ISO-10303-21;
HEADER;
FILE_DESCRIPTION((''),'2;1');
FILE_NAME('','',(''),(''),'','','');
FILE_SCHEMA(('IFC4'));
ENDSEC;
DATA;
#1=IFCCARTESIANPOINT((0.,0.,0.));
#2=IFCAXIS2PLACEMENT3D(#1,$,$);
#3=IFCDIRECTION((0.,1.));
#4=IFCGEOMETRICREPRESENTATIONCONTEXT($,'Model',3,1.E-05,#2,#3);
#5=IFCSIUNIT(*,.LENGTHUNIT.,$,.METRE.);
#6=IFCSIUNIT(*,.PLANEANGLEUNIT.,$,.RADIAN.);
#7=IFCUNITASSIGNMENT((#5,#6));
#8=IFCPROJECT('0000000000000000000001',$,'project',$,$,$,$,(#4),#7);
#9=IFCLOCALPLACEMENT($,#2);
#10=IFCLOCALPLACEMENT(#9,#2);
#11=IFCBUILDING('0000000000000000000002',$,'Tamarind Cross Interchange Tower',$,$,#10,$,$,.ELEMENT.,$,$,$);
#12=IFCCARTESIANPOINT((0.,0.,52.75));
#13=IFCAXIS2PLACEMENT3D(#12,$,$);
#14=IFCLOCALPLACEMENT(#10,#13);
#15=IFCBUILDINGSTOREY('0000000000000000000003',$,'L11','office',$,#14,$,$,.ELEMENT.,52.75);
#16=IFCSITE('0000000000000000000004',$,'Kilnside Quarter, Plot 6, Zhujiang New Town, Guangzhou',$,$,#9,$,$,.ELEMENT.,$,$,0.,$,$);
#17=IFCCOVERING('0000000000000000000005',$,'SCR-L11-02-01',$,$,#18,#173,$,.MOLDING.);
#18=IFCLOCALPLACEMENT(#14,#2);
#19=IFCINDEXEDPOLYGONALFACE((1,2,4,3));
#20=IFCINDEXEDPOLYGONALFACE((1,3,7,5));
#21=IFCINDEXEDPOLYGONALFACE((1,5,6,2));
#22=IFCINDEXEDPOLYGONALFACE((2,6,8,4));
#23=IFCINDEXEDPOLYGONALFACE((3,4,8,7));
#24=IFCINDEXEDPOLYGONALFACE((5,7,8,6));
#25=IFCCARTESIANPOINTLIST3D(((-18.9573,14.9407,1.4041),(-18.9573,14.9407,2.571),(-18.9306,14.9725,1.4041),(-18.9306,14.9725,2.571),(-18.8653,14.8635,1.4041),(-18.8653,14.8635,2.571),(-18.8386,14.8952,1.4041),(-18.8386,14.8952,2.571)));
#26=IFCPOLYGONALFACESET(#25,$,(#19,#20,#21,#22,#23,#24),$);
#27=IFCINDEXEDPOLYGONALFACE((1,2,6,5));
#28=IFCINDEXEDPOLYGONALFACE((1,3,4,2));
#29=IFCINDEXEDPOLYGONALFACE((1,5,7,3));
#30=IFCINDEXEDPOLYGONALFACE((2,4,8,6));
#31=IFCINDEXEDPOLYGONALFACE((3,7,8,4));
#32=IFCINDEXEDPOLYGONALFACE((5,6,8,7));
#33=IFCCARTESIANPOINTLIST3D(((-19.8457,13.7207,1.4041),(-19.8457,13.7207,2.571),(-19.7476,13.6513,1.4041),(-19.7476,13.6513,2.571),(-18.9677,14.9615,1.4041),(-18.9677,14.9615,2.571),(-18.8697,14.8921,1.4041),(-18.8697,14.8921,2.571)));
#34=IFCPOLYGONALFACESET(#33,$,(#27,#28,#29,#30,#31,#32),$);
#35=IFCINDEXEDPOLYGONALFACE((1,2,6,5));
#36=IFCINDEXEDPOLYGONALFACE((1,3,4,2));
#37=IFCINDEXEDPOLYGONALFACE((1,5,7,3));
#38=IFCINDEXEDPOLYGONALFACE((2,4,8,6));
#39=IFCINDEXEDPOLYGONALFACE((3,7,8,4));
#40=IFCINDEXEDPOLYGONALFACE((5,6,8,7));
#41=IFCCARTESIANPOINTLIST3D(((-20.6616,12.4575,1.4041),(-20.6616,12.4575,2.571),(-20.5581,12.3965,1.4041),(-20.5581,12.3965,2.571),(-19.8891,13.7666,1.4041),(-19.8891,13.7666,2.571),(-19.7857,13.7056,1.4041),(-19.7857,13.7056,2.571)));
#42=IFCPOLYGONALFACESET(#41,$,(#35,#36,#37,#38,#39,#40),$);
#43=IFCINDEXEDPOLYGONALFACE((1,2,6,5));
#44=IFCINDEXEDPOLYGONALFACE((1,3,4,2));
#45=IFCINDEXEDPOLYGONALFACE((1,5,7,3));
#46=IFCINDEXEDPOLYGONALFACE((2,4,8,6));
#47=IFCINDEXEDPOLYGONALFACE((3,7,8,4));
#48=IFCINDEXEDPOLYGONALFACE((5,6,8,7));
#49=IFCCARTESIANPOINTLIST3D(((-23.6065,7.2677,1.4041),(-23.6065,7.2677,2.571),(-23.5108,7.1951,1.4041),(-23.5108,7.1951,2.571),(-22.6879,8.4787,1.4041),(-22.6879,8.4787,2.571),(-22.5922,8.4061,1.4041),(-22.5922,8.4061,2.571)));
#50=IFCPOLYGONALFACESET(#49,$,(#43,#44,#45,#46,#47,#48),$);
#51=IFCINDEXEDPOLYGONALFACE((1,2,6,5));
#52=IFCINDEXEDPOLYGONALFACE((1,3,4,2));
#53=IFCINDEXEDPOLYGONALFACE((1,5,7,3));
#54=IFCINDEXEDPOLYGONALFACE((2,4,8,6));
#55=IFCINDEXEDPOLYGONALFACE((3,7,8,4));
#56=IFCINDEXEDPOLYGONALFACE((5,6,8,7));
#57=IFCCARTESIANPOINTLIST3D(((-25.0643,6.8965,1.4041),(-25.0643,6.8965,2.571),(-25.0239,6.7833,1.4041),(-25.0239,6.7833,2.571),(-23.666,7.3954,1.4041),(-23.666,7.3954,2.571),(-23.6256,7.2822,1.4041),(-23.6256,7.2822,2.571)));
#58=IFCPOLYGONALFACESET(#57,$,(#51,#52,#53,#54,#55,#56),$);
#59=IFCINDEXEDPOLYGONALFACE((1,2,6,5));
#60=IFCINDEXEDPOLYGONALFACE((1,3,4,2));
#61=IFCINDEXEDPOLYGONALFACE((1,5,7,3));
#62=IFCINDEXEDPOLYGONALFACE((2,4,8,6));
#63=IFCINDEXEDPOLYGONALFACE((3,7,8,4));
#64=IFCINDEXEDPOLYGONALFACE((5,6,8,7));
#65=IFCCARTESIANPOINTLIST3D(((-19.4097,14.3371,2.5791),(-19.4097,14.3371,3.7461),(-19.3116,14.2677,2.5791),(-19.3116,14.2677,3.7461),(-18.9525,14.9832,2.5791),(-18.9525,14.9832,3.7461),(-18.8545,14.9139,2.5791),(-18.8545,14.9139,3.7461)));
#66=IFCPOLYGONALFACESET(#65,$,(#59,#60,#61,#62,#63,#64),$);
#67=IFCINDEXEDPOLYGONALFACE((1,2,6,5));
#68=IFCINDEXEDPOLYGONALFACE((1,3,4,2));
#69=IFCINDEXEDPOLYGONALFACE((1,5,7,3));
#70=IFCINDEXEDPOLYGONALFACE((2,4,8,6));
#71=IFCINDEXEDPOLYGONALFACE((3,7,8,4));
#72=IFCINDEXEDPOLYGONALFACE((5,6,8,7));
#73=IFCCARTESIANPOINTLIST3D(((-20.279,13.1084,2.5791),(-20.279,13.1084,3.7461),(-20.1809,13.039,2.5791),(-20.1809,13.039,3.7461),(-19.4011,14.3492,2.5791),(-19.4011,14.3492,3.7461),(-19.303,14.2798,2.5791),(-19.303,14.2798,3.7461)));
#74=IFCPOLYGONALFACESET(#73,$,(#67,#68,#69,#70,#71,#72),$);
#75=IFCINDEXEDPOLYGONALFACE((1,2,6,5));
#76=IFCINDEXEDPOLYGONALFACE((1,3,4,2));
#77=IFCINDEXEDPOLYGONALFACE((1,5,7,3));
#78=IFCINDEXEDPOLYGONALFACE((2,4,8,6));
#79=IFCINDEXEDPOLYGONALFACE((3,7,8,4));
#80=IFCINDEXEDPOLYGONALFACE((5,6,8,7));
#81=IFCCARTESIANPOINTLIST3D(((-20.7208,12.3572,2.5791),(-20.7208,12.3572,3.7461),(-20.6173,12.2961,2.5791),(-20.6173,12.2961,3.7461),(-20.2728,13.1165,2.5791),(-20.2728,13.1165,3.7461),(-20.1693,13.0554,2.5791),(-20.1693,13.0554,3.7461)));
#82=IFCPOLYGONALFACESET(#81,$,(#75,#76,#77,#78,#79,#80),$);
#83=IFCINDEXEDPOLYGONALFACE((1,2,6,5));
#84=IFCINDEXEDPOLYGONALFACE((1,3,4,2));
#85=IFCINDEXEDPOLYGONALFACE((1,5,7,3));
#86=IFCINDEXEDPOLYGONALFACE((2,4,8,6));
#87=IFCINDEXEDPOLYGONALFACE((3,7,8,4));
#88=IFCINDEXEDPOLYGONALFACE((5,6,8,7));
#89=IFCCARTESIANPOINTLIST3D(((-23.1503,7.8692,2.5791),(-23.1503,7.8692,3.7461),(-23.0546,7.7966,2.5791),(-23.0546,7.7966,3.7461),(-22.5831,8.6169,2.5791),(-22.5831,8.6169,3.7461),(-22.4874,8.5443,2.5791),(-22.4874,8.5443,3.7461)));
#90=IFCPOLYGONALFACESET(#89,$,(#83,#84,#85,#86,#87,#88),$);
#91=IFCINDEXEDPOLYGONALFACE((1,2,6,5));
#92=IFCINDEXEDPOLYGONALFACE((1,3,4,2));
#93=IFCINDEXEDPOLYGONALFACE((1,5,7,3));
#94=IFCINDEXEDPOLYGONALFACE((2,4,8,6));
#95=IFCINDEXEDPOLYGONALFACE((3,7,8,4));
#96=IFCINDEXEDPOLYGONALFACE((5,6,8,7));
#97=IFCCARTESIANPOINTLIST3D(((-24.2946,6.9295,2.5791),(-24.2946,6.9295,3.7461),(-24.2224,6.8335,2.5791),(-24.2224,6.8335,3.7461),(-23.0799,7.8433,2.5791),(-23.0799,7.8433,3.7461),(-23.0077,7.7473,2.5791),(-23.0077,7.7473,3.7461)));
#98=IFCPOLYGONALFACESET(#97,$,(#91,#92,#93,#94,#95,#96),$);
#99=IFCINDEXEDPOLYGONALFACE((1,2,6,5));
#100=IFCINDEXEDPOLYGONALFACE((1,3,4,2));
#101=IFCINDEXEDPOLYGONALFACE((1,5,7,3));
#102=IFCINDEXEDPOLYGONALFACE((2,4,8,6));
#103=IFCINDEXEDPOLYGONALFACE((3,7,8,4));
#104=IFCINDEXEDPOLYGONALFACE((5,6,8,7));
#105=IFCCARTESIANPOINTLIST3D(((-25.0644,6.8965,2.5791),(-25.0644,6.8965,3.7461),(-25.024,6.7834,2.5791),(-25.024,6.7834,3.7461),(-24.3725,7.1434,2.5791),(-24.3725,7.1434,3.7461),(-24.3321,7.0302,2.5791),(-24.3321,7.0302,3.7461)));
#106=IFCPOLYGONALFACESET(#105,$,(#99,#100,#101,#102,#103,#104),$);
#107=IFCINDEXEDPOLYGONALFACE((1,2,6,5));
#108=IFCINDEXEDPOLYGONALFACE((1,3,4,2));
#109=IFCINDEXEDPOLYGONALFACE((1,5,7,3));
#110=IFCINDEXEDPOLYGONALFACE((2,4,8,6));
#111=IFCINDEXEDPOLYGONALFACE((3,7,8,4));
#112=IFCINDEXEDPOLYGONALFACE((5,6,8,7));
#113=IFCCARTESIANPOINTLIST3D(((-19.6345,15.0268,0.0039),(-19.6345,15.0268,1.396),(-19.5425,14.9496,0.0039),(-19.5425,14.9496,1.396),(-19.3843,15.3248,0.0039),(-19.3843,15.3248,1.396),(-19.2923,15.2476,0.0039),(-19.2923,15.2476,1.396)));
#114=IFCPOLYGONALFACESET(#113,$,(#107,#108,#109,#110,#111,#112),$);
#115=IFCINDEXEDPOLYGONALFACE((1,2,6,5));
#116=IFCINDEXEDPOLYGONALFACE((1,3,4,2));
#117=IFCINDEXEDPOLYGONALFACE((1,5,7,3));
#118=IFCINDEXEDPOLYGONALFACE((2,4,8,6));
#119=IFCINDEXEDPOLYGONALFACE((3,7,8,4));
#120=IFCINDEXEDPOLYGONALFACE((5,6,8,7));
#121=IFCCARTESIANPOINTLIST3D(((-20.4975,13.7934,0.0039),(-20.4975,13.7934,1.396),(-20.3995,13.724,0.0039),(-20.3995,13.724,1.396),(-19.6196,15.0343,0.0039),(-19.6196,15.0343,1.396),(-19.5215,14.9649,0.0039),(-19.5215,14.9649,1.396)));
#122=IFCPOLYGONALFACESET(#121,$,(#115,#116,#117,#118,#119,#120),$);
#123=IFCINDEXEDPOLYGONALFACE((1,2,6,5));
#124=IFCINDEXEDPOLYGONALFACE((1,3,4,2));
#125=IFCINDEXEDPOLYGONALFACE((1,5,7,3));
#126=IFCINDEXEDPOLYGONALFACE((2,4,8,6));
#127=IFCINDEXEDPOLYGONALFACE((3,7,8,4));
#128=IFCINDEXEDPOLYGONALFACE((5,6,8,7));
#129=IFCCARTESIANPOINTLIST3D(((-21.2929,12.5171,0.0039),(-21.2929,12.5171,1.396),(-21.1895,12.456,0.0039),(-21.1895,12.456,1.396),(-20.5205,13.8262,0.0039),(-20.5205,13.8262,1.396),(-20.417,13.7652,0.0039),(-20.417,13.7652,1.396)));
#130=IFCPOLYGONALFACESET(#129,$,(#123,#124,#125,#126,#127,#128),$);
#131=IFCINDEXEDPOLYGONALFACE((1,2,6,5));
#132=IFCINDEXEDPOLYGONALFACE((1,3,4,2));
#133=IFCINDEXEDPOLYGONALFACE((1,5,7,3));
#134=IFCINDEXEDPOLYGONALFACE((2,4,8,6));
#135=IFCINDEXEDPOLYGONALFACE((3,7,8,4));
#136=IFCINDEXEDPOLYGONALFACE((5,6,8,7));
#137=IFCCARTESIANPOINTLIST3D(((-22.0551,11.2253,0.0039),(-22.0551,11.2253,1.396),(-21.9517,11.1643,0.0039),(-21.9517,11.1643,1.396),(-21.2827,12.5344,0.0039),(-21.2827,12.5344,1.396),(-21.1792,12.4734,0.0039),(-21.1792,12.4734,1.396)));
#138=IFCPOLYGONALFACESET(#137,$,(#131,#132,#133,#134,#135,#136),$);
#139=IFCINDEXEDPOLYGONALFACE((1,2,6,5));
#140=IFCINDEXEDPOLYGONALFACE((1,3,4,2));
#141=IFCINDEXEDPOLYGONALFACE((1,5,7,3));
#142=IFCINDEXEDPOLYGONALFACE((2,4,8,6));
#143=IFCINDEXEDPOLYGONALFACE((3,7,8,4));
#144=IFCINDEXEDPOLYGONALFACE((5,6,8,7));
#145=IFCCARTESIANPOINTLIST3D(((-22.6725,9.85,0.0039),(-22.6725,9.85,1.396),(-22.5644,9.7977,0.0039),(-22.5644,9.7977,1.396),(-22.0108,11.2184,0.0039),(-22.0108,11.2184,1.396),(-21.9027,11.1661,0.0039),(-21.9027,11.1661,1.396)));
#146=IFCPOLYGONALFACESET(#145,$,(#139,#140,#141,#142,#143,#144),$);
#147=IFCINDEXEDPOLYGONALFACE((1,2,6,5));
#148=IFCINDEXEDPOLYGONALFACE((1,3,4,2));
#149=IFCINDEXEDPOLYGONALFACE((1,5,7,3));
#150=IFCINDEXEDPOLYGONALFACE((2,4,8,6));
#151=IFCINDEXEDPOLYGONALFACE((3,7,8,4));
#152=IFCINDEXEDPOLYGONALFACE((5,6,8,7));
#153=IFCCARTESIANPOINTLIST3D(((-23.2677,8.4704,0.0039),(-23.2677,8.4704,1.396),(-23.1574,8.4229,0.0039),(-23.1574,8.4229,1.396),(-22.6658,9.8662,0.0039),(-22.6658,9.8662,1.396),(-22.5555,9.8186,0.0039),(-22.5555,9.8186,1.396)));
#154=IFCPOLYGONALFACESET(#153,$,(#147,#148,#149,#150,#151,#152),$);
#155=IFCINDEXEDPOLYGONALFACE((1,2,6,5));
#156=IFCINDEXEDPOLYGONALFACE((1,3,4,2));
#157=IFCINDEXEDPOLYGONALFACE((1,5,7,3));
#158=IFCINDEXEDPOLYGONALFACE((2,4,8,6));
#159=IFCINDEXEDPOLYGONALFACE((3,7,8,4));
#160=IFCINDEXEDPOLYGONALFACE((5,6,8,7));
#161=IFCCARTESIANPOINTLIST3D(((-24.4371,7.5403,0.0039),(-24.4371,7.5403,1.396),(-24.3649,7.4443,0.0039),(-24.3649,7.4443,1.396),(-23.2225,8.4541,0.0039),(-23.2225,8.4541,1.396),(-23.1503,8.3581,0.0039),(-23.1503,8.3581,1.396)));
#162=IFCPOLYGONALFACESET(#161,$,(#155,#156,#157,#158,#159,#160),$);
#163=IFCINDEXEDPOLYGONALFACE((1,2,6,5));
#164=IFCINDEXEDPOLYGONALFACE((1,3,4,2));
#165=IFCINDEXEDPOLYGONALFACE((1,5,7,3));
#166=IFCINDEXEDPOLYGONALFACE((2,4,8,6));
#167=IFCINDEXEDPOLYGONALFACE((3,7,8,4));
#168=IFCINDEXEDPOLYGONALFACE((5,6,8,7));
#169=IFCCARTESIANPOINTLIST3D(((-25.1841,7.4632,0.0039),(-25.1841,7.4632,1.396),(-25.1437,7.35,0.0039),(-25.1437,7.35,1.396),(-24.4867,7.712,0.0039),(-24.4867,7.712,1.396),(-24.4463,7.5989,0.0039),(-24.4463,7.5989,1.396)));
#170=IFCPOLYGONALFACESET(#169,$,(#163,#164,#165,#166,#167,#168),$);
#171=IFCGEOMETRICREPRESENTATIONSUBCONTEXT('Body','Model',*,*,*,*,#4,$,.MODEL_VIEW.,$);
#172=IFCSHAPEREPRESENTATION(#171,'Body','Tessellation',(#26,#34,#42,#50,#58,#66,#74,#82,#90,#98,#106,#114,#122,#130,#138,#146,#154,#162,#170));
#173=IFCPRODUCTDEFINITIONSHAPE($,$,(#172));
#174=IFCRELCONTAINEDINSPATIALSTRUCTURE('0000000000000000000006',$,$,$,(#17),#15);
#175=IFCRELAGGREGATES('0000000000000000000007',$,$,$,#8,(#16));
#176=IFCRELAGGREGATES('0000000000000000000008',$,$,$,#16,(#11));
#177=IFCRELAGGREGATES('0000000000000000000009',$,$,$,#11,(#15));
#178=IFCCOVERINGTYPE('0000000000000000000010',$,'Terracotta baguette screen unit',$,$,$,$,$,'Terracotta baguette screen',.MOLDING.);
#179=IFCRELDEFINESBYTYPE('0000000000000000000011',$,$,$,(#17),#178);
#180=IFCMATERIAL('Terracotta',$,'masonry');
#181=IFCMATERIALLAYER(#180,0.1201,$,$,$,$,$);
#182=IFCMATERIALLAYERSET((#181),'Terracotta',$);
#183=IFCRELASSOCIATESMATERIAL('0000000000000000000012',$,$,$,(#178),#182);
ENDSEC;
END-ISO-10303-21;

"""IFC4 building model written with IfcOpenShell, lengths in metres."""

from ifc_helpers import new_model, si_unit, direction, frame, origin, origin_2d, place, context, subcontext, project, spatial, rectangle, extrude, material, layer, layer_set, type_object, element, save


model = new_model("IFC4")

# Units and contexts
model_context = context("Model", 3, precision=1e-05, world=origin(), true_north=direction((0.0, 1.0)))
body_context = subcontext(model_context, "Body", "Model", "MODEL_VIEW")
ifc_project = project(units=[si_unit("LENGTHUNIT", "METRE"), si_unit("PLANEANGLEUNIT", "RADIAN")], contexts=[model_context])

# Site, building, storey
site_placement = place(None, origin())
site = spatial("IfcSite", under=ifc_project, at=site_placement, Name="Kilnside Quarter, Plot 6, Zhujiang New Town, Guangzhou", CompositionType="ELEMENT", RefElevation=0.0)
building_placement = place(site_placement, origin())
building = spatial("IfcBuilding", under=site, at=building_placement, Name="Tamarind Cross Interchange Tower", CompositionType="ELEMENT")
storey_placement = place(building_placement, frame((0.0, 0.0, 52.75)))
storey = spatial("IfcBuildingStorey", under=building, at=storey_placement, Name="L11", Description="office", CompositionType="ELEMENT", Elevation=52.75)

# Covering
ifc_material_1 = material(Name="Terracotta", Category="masonry")
ifc_layer_1 = layer(ifc_material_1, 0.1201)
ifc_layer_set_1 = layer_set([ifc_layer_1], Name="Terracotta")
covering_type = type_object("IfcCoveringType", Name="Terracotta baguette screen unit", ElementType="Terracotta baguette screen", PredefinedType="MOLDING", material=ifc_layer_set_1)
covering_1_placement = place(storey_placement, origin())
element("IfcCovering", 1, at=covering_1_placement, inside=storey, type_object=covering_type, Name="SCR-L11-02-01", PredefinedType="MOLDING", context=body_context, shape_type="SweptSolid", body=[
    extrude(rectangle(XDim=0.0415, YDim=0.1201, at=origin_2d()), frame((-18.8979, 14.918, 1.4041), z_axis=(0.0, 0.0, 1.0), x_axis=(-0.643009, -0.765858, 0.0)), (0.0, 0.0, 1.0), 1.167),
    extrude(rectangle(XDim=1.52, YDim=0.1201, at=origin_2d()), frame((-19.3577, 14.3064, 1.4041), z_axis=(0.0, 0.0, 1.0), x_axis=(-0.577569, -0.816342, 0.0)), (0.0, 0.0, 1.0), 1.167),
    extrude(rectangle(XDim=1.52, YDim=0.1201, at=origin_2d()), frame((-20.2236, 13.0815, 1.4041), z_axis=(0.0, 0.0, 1.0), x_axis=(-0.508183, -0.861249, 0.0)), (0.0, 0.0, 1.0), 1.167),
    extrude(rectangle(XDim=1.52, YDim=0.1201, at=origin_2d()), frame((-23.0994, 7.8369, 1.4041), z_axis=(0.0, 0.0, 1.0), x_axis=(-0.604333, -0.796732, 0.0)), (0.0, 0.0, 1.0), 1.167),
    extrude(rectangle(XDim=1.4846, YDim=0.1201, at=origin_2d()), frame((-24.345, 7.0894, 1.4041), z_axis=(0.0, 0.0, 1.0), x_axis=(-0.941844, -0.336051, 0.0)), (0.0, 0.0, 1.0), 1.167),
    extrude(rectangle(XDim=0.7915, YDim=0.1201, at=origin_2d()), frame((-19.1321, 14.6255, 2.5791), z_axis=(0.0, 0.0, 1.0), x_axis=(-0.577569, -0.816342, 0.0)), (0.0, 0.0, 1.0), 1.167),
    extrude(rectangle(XDim=1.52, YDim=0.1201, at=origin_2d()), frame((-19.791, 13.6941, 2.5791), z_axis=(0.0, 0.0, 1.0), x_axis=(-0.577569, -0.816342, 0.0)), (0.0, 0.0, 1.0), 1.167),
    extrude(rectangle(XDim=0.8816, YDim=0.1201, at=origin_2d()), frame((-20.4451, 12.7063, 2.5791), z_axis=(0.0, 0.0, 1.0), x_axis=(-0.508183, -0.861249, 0.0)), (0.0, 0.0, 1.0), 1.167),
    extrude(rectangle(XDim=0.9385, YDim=0.1201, at=origin_2d()), frame((-22.8188, 8.2068, 2.5791), z_axis=(0.0, 0.0, 1.0), x_axis=(-0.604333, -0.796732, 0.0)), (0.0, 0.0, 1.0), 1.167),
    extrude(rectangle(XDim=1.52, YDim=0.1201, at=origin_2d()), frame((-23.6511, 7.3384, 2.5791), z_axis=(0.0, 0.0, 1.0), x_axis=(-0.799117, -0.601175, 0.0)), (0.0, 0.0, 1.0), 1.167),
    extrude(rectangle(XDim=0.7346, YDim=0.1201, at=origin_2d()), frame((-24.6982, 6.9634, 2.5791), z_axis=(0.0, 0.0, 1.0), x_axis=(-0.941844, -0.336051, 0.0)), (0.0, 0.0, 1.0), 1.167),
    extrude(rectangle(XDim=0.3892, YDim=0.1201, at=origin_2d()), frame((-19.4634, 15.1372, 0.0039), z_axis=(0.0, 0.0, 1.0), x_axis=(-0.643009, -0.765858, 0.0)), (0.0, 0.0, 1.0), 1.3921),
    extrude(rectangle(XDim=1.52, YDim=0.1201, at=origin_2d()), frame((-20.0095, 14.3792, 0.0039), z_axis=(0.0, 0.0, 1.0), x_axis=(-0.577569, -0.816342, 0.0)), (0.0, 0.0, 1.0), 1.3921),
    extrude(rectangle(XDim=1.52, YDim=0.1201, at=origin_2d()), frame((-20.855, 13.1411, 0.0039), z_axis=(0.0, 0.0, 1.0), x_axis=(-0.508183, -0.861249, 0.0)), (0.0, 0.0, 1.0), 1.3921),
    extrude(rectangle(XDim=1.52, YDim=0.1201, at=origin_2d()), frame((-21.6172, 11.8494, 0.0039), z_axis=(0.0, 0.0, 1.0), x_axis=(-0.508183, -0.861249, 0.0)), (0.0, 0.0, 1.0), 1.3921),
    extrude(rectangle(XDim=1.52, YDim=0.1201, at=origin_2d()), frame((-22.2876, 10.5081, 0.0039), z_axis=(0.0, 0.0, 1.0), x_axis=(-0.435326, -0.900273, 0.0)), (0.0, 0.0, 1.0), 1.3921),
    extrude(rectangle(XDim=1.52, YDim=0.1201, at=origin_2d()), frame((-22.9116, 9.1445, 0.0039), z_axis=(0.0, 0.0, 1.0), x_axis=(-0.395969, -0.918264, 0.0)), (0.0, 0.0, 1.0), 1.3921),
    extrude(rectangle(XDim=1.52, YDim=0.1201, at=origin_2d()), frame((-23.7937, 7.9492, 0.0039), z_axis=(0.0, 0.0, 1.0), x_axis=(-0.799117, -0.601175, 0.0)), (0.0, 0.0, 1.0), 1.3921),
    extrude(rectangle(XDim=0.7405, YDim=0.1201, at=origin_2d()), frame((-24.8152, 7.531, 0.0039), z_axis=(0.0, 0.0, 1.0), x_axis=(-0.941844, -0.336051, 0.0)), (0.0, 0.0, 1.0), 1.3921),
])

save(model, "model.ifc")
